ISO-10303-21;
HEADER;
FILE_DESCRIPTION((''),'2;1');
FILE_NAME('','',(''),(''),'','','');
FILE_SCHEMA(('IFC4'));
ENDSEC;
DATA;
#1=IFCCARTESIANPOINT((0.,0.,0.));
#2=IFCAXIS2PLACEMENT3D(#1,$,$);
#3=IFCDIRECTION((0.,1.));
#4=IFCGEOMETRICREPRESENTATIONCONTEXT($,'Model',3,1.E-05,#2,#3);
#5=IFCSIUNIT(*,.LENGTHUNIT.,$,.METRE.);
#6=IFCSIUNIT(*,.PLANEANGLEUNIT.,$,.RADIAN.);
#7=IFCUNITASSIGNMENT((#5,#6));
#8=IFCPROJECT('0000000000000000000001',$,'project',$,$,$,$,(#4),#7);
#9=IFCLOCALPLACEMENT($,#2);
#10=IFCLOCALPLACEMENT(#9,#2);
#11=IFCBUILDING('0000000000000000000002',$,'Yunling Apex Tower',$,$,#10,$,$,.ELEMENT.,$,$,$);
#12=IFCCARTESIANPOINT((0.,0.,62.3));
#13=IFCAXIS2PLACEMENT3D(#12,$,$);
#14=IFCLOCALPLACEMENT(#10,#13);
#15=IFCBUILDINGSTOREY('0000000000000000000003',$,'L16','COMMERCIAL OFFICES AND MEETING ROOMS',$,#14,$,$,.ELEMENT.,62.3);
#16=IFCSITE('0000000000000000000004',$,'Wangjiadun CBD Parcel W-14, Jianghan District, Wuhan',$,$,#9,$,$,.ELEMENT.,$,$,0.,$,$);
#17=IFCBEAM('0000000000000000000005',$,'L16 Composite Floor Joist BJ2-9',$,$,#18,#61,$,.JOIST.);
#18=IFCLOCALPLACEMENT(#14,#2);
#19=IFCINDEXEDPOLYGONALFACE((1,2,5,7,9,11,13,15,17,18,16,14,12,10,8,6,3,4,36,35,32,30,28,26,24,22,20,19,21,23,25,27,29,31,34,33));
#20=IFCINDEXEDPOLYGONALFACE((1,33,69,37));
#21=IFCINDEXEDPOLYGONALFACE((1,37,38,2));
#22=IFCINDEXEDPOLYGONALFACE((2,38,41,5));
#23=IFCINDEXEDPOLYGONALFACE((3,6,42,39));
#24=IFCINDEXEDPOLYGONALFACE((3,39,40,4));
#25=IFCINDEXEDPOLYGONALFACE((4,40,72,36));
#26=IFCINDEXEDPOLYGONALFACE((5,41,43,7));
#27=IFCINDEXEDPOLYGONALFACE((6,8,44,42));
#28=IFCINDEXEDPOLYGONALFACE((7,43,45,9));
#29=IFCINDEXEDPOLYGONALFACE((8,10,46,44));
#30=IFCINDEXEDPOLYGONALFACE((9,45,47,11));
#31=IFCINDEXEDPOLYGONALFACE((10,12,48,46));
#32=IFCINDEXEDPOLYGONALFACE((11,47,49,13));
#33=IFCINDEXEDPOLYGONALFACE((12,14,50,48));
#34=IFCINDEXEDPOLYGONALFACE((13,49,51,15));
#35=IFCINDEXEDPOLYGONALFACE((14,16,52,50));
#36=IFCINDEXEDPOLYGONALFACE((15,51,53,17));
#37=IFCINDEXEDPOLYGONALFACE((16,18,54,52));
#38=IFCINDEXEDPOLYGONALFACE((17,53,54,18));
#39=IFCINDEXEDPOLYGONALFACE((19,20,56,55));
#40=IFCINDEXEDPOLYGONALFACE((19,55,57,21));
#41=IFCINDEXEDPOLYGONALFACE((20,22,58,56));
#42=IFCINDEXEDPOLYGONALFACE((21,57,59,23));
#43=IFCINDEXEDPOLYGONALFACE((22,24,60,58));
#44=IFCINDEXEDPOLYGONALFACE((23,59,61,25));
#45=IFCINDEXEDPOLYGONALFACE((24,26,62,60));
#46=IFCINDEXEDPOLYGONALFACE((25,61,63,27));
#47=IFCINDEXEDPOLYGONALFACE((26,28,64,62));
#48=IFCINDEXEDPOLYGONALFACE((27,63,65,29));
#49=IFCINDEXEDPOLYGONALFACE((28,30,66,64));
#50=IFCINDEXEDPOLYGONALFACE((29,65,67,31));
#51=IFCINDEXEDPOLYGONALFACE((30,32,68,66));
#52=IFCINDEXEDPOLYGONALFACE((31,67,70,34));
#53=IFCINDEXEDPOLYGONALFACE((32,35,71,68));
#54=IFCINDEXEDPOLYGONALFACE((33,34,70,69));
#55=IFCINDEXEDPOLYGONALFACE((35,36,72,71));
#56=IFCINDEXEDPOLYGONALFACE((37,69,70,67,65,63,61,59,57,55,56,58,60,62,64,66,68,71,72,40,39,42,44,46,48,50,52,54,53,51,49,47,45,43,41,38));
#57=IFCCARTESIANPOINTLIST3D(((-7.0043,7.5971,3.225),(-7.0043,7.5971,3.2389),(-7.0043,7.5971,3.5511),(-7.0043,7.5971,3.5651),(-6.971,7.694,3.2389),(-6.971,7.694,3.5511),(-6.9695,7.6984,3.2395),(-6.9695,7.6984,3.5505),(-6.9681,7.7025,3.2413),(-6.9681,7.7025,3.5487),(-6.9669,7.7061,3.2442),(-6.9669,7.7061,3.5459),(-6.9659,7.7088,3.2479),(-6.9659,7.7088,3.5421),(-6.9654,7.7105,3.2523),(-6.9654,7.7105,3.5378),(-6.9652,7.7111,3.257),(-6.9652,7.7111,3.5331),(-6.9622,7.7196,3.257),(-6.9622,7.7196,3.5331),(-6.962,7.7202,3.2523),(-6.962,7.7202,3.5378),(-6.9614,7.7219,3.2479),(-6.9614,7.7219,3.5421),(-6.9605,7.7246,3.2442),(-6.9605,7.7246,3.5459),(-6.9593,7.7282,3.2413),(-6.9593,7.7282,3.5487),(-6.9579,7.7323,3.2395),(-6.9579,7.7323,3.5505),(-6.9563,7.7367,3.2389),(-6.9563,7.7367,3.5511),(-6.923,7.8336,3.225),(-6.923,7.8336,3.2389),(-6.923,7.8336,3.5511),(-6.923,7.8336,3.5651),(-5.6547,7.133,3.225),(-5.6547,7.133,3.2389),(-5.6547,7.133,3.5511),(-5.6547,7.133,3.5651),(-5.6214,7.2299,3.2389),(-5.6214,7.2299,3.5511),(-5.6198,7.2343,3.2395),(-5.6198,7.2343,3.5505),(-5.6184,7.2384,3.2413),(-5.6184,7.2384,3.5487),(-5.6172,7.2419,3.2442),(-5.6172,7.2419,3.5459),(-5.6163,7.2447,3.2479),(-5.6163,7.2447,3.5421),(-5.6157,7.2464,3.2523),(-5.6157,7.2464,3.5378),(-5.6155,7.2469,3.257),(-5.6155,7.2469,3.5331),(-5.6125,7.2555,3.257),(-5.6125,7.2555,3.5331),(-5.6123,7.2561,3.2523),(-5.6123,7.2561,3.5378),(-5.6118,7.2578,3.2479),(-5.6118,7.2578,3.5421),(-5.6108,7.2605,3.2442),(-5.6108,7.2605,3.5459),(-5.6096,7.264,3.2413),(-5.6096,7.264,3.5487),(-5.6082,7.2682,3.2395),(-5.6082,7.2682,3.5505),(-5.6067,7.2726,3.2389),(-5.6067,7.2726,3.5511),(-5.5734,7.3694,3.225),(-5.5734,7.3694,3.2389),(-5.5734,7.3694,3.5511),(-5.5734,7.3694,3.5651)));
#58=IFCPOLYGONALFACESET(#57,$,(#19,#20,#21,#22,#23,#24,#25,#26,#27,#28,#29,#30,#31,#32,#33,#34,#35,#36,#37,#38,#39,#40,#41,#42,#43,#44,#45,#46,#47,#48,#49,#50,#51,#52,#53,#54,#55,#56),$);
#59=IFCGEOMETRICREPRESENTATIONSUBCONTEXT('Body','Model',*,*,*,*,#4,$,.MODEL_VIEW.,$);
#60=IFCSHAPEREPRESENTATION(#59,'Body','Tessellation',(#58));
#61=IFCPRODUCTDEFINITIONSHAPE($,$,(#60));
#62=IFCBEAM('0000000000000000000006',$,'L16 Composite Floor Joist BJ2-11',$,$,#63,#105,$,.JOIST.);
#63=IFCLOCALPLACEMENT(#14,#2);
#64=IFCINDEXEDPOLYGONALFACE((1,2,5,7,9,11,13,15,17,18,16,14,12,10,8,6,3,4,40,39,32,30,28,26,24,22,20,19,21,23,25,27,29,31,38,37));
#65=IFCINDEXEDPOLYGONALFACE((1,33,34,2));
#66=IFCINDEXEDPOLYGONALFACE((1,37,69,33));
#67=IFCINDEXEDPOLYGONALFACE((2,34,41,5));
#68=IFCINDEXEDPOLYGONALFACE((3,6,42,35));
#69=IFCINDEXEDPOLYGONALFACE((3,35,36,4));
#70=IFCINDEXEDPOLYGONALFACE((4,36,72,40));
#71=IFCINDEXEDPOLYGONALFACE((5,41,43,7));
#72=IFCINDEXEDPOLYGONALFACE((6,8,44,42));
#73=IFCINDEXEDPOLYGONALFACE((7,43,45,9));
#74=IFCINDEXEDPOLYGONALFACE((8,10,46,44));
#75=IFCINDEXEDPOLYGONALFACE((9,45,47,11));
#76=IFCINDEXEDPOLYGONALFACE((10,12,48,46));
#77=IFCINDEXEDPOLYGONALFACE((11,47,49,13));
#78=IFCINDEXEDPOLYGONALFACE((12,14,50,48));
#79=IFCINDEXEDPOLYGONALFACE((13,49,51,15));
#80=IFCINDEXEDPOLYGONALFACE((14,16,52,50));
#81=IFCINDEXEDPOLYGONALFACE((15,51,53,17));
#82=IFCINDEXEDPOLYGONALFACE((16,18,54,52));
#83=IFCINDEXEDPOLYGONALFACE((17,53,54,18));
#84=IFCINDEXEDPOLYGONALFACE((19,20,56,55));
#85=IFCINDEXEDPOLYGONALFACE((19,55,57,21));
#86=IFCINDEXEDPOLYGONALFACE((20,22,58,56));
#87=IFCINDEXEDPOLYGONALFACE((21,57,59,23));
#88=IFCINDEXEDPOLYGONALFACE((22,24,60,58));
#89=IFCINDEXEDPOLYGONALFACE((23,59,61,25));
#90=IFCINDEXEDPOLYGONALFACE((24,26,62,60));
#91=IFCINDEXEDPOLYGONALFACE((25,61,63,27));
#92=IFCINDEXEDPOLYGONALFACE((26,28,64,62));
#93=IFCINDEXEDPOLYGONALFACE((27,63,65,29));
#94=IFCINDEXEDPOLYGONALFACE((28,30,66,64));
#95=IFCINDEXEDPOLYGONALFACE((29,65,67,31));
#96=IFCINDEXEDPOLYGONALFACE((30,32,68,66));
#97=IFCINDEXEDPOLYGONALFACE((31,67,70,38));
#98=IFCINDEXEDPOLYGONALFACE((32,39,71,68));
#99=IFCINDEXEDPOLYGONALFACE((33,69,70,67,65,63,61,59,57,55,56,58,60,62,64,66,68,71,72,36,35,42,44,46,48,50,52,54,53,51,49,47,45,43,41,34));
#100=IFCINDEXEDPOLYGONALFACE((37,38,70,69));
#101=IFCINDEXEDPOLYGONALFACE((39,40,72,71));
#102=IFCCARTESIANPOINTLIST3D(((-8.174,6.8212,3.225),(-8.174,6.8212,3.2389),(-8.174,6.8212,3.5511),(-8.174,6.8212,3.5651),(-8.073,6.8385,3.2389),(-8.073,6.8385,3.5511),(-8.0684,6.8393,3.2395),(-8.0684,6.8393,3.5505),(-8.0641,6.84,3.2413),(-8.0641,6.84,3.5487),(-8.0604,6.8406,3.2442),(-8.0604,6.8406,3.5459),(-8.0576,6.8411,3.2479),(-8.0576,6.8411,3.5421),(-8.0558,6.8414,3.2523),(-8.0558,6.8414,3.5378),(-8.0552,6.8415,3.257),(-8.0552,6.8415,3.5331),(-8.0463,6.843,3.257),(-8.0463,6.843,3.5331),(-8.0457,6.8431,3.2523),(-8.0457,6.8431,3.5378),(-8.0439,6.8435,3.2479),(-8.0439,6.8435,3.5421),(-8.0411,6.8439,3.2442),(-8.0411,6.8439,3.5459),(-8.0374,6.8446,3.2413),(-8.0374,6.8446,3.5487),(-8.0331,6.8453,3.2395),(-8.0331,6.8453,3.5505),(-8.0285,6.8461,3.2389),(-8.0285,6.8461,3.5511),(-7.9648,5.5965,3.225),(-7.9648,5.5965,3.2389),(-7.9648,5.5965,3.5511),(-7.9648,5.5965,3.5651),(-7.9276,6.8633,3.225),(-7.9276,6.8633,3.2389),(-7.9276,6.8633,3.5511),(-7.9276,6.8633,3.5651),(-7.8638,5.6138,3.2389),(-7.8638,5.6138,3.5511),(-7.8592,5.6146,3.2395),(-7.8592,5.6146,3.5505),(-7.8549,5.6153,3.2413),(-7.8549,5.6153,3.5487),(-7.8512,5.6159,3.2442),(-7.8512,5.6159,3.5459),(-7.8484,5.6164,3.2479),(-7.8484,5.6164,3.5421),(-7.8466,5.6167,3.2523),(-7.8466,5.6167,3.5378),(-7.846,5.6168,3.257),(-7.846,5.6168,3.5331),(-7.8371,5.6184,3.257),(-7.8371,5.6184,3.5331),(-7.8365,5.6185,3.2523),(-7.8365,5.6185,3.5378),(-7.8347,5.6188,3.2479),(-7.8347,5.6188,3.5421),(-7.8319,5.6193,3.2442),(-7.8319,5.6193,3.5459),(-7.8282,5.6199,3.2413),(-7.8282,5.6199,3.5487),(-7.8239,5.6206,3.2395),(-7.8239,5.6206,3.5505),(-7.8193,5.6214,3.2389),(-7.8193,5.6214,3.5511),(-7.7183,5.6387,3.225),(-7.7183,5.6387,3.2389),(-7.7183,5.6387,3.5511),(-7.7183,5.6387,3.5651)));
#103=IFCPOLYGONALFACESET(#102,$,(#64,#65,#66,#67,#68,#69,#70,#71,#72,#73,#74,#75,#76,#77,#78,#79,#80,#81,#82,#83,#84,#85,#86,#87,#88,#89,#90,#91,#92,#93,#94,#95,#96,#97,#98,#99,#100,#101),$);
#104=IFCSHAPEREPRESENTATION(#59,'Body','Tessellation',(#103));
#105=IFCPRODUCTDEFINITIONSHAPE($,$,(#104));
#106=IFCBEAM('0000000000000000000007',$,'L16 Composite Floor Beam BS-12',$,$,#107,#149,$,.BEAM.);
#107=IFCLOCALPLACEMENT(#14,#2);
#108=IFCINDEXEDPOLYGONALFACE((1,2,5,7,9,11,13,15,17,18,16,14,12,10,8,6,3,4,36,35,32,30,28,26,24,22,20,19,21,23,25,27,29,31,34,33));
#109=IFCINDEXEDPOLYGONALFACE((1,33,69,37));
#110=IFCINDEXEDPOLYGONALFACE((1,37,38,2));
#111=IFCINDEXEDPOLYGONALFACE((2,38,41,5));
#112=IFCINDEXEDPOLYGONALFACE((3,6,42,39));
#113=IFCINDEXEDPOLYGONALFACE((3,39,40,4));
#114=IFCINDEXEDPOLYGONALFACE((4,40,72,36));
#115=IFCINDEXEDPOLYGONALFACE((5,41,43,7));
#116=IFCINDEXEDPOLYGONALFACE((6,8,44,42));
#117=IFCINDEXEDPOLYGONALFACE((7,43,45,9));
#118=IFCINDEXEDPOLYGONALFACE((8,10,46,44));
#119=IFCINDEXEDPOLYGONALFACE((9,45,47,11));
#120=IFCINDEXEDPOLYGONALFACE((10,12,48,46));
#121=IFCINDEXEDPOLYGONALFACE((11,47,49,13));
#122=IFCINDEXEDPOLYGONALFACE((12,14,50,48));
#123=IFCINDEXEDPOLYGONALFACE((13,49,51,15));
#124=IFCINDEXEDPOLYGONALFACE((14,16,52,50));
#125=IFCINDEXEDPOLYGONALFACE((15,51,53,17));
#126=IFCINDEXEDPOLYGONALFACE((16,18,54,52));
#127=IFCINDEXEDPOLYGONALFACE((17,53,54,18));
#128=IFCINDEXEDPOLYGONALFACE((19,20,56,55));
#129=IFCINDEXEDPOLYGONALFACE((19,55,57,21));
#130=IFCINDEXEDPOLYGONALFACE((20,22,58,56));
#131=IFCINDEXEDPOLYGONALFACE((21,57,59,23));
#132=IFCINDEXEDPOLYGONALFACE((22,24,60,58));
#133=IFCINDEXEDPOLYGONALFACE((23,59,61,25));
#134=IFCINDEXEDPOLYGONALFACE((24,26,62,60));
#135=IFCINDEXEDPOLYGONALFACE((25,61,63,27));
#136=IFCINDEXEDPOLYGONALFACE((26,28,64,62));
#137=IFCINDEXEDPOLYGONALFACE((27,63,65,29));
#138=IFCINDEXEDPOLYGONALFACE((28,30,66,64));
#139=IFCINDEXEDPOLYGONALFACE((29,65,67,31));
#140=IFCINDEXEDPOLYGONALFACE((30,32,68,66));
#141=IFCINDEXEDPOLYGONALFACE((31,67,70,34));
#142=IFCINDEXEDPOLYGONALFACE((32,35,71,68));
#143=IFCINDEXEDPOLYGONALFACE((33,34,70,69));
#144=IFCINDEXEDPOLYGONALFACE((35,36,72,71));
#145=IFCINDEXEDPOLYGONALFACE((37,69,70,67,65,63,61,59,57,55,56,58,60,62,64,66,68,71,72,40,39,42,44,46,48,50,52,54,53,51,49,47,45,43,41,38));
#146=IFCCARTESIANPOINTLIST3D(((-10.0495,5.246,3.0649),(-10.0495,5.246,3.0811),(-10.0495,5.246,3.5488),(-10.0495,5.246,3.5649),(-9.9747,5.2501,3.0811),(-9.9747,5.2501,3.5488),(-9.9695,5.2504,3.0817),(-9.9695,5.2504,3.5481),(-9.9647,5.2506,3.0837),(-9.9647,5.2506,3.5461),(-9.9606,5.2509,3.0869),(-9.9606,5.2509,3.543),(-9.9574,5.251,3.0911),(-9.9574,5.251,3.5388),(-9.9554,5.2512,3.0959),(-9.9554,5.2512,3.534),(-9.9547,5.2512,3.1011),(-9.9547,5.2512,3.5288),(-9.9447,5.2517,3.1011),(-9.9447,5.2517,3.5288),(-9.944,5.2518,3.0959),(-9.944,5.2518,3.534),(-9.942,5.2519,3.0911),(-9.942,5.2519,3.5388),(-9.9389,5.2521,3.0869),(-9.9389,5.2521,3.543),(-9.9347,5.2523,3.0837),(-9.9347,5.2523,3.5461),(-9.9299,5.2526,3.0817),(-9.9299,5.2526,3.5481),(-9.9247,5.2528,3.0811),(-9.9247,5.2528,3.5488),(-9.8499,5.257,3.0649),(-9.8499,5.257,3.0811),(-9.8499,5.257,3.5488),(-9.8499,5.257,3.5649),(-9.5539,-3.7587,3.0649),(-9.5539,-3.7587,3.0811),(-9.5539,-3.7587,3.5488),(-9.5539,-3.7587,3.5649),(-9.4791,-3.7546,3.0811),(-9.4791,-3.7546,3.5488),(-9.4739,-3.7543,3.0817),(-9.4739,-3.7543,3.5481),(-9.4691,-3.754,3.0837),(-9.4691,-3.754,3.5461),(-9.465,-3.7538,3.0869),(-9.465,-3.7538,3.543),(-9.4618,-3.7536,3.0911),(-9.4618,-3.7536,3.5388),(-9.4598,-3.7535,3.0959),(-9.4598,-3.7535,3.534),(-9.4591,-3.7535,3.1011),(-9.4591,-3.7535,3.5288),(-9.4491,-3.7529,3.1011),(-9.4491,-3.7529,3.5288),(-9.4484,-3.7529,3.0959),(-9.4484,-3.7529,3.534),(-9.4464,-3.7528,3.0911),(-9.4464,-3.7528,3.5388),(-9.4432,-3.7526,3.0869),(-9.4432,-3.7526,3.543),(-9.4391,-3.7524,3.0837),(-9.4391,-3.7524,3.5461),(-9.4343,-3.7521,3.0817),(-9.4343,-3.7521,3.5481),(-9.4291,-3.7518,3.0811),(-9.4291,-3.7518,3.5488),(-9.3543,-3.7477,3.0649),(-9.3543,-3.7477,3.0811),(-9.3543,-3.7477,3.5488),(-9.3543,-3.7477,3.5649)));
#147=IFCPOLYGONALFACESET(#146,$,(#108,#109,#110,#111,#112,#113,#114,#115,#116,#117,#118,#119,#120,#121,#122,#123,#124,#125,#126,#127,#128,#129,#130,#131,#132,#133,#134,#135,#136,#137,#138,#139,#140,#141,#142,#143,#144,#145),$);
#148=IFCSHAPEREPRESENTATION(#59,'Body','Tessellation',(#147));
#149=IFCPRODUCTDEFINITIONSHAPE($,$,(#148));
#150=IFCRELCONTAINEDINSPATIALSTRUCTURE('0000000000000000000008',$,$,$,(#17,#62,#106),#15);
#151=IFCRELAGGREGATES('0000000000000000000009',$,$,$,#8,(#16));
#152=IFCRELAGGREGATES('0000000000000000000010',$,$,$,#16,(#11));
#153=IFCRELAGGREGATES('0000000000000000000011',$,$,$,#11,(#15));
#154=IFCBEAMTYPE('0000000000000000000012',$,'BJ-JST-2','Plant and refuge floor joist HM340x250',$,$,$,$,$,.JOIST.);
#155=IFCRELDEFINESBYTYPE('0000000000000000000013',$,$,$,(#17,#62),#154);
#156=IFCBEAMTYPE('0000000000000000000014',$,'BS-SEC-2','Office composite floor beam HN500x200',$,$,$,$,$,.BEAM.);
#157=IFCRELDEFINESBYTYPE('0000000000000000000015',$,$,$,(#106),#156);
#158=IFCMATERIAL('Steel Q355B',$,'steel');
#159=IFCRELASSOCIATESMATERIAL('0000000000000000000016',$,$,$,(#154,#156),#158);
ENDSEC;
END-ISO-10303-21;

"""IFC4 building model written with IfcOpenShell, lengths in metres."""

from ifc_helpers import new_model, si_unit, direction, frame, origin, origin_2d, place, context, subcontext, project, spatial, i_section, extrude, source, transform, mapped, material, material_profile, profile_set, type_object, element, save


model = new_model("IFC4")

# Units and contexts
model_context = context("Model", 3, precision=1e-05, world=origin(), true_north=direction((0.0, 1.0)))
body_context = subcontext(model_context, "Body", "Model", "MODEL_VIEW")
ifc_project = project(units=[si_unit("LENGTHUNIT", "METRE"), si_unit("PLANEANGLEUNIT", "RADIAN")], contexts=[model_context])

# Site, building, storey
site_placement = place(None, origin())
site = spatial("IfcSite", under=ifc_project, at=site_placement, Name="Wangjiadun CBD Parcel W-14, Jianghan District, Wuhan", CompositionType="ELEMENT", RefElevation=0.0)
building_placement = place(site_placement, origin())
building = spatial("IfcBuilding", under=site, at=building_placement, Name="Yunling Apex Tower", CompositionType="ELEMENT")
storey_placement = place(building_placement, frame((0.0, 0.0, 62.3)))
storey = spatial("IfcBuildingStorey", under=building, at=storey_placement, Name="L16", Description="COMMERCIAL OFFICES AND MEETING ROOMS", CompositionType="ELEMENT", Elevation=62.3)

# Beams
ifc_material_1 = material(Name="Steel Q355B", Category="steel")
ifc_material_profile_1 = material_profile(ifc_material_1, i_section(OverallWidth=0.25, OverallDepth=0.3401, WebThickness=0.009, FlangeThickness=0.0139, FilletRadius=0.0181, at=origin_2d()))
ifc_profile_set_1 = profile_set([ifc_material_profile_1], Name="Steel Q355B")
beam_type_1 = type_object("IfcBeamType", Name="BJ-JST-2", Description="Plant and refuge floor joist HM340x250", PredefinedType="JOIST", material=ifc_profile_set_1)
shared_shape_1 = source(origin(), body_context, "Body", "SweptSolid", [
    extrude(i_section(OverallWidth=0.25, OverallDepth=0.3401, WebThickness=0.009, FlangeThickness=0.0139, FilletRadius=0.0181, at=origin_2d()), origin(), (0.0, 0.0, 1.0), 1.4272),
])
beam_1_placement = place(storey_placement, frame((-5.614, 7.2512, 3.395), z_axis=(-0.945647, 0.325195, 0.0), x_axis=(-0.325195, -0.945647, 0.0)))
element("IfcBeam", 1, at=beam_1_placement, inside=storey, type_object=beam_type_1, Name="L16 Composite Floor Joist BJ2-9", PredefinedType="JOIST", context=body_context, shape_type="MappedRepresentation", body=[
    mapped(shared_shape_1, transform((0.0, 0.0, 0.0), scale=1.0)),
])
shared_shape_2 = source(origin(), body_context, "Body", "SweptSolid", [
    extrude(i_section(OverallWidth=0.25, OverallDepth=0.3401, WebThickness=0.009, FlangeThickness=0.0139, FilletRadius=0.0181, at=origin_2d()), origin(), (0.0, 0.0, 1.0), 1.2424),
])
beam_2_placement = place(storey_placement, frame((-8.0508, 6.8423, 3.395), z_axis=(0.168413, -0.985717, 0.0), x_axis=(0.985717, 0.168413, 0.0)))
element("IfcBeam", 2, at=beam_2_placement, inside=storey, type_object=beam_type_1, Name="L16 Composite Floor Joist BJ2-11", PredefinedType="JOIST", context=body_context, shape_type="MappedRepresentation", body=[
    mapped(shared_shape_2, transform((0.0, 0.0, 0.0), scale=1.0)),
])
ifc_material_profile_2 = material_profile(ifc_material_1, i_section(OverallWidth=0.2, OverallDepth=0.5, WebThickness=0.01, FlangeThickness=0.0161, FilletRadius=0.02, at=origin_2d()))
ifc_profile_set_2 = profile_set([ifc_material_profile_2], Name="Steel Q355B")
beam_type_2 = type_object("IfcBeamType", Name="BS-SEC-2", Description="Office composite floor beam HN500x200", PredefinedType="BEAM", material=ifc_profile_set_2)
shared_shape_3 = source(origin(), body_context, "Body", "SweptSolid", [
    extrude(i_section(OverallWidth=0.2, OverallDepth=0.5, WebThickness=0.01, FlangeThickness=0.0161, FilletRadius=0.02, at=origin_2d()), origin(), (0.0, 0.0, 1.0), 9.0183),
])
beam_3_placement = place(storey_placement, frame((-9.9497, 5.2515, 3.3149), z_axis=(0.054956, -0.998489, 0.0), x_axis=(0.998489, 0.054956, 0.0)))
element("IfcBeam", 3, at=beam_3_placement, inside=storey, type_object=beam_type_2, Name="L16 Composite Floor Beam BS-12", PredefinedType="BEAM", context=body_context, shape_type="MappedRepresentation", body=[
    mapped(shared_shape_3, transform((0.0, 0.0, 0.0), scale=1.0)),
])

save(model, "model.ifc")
